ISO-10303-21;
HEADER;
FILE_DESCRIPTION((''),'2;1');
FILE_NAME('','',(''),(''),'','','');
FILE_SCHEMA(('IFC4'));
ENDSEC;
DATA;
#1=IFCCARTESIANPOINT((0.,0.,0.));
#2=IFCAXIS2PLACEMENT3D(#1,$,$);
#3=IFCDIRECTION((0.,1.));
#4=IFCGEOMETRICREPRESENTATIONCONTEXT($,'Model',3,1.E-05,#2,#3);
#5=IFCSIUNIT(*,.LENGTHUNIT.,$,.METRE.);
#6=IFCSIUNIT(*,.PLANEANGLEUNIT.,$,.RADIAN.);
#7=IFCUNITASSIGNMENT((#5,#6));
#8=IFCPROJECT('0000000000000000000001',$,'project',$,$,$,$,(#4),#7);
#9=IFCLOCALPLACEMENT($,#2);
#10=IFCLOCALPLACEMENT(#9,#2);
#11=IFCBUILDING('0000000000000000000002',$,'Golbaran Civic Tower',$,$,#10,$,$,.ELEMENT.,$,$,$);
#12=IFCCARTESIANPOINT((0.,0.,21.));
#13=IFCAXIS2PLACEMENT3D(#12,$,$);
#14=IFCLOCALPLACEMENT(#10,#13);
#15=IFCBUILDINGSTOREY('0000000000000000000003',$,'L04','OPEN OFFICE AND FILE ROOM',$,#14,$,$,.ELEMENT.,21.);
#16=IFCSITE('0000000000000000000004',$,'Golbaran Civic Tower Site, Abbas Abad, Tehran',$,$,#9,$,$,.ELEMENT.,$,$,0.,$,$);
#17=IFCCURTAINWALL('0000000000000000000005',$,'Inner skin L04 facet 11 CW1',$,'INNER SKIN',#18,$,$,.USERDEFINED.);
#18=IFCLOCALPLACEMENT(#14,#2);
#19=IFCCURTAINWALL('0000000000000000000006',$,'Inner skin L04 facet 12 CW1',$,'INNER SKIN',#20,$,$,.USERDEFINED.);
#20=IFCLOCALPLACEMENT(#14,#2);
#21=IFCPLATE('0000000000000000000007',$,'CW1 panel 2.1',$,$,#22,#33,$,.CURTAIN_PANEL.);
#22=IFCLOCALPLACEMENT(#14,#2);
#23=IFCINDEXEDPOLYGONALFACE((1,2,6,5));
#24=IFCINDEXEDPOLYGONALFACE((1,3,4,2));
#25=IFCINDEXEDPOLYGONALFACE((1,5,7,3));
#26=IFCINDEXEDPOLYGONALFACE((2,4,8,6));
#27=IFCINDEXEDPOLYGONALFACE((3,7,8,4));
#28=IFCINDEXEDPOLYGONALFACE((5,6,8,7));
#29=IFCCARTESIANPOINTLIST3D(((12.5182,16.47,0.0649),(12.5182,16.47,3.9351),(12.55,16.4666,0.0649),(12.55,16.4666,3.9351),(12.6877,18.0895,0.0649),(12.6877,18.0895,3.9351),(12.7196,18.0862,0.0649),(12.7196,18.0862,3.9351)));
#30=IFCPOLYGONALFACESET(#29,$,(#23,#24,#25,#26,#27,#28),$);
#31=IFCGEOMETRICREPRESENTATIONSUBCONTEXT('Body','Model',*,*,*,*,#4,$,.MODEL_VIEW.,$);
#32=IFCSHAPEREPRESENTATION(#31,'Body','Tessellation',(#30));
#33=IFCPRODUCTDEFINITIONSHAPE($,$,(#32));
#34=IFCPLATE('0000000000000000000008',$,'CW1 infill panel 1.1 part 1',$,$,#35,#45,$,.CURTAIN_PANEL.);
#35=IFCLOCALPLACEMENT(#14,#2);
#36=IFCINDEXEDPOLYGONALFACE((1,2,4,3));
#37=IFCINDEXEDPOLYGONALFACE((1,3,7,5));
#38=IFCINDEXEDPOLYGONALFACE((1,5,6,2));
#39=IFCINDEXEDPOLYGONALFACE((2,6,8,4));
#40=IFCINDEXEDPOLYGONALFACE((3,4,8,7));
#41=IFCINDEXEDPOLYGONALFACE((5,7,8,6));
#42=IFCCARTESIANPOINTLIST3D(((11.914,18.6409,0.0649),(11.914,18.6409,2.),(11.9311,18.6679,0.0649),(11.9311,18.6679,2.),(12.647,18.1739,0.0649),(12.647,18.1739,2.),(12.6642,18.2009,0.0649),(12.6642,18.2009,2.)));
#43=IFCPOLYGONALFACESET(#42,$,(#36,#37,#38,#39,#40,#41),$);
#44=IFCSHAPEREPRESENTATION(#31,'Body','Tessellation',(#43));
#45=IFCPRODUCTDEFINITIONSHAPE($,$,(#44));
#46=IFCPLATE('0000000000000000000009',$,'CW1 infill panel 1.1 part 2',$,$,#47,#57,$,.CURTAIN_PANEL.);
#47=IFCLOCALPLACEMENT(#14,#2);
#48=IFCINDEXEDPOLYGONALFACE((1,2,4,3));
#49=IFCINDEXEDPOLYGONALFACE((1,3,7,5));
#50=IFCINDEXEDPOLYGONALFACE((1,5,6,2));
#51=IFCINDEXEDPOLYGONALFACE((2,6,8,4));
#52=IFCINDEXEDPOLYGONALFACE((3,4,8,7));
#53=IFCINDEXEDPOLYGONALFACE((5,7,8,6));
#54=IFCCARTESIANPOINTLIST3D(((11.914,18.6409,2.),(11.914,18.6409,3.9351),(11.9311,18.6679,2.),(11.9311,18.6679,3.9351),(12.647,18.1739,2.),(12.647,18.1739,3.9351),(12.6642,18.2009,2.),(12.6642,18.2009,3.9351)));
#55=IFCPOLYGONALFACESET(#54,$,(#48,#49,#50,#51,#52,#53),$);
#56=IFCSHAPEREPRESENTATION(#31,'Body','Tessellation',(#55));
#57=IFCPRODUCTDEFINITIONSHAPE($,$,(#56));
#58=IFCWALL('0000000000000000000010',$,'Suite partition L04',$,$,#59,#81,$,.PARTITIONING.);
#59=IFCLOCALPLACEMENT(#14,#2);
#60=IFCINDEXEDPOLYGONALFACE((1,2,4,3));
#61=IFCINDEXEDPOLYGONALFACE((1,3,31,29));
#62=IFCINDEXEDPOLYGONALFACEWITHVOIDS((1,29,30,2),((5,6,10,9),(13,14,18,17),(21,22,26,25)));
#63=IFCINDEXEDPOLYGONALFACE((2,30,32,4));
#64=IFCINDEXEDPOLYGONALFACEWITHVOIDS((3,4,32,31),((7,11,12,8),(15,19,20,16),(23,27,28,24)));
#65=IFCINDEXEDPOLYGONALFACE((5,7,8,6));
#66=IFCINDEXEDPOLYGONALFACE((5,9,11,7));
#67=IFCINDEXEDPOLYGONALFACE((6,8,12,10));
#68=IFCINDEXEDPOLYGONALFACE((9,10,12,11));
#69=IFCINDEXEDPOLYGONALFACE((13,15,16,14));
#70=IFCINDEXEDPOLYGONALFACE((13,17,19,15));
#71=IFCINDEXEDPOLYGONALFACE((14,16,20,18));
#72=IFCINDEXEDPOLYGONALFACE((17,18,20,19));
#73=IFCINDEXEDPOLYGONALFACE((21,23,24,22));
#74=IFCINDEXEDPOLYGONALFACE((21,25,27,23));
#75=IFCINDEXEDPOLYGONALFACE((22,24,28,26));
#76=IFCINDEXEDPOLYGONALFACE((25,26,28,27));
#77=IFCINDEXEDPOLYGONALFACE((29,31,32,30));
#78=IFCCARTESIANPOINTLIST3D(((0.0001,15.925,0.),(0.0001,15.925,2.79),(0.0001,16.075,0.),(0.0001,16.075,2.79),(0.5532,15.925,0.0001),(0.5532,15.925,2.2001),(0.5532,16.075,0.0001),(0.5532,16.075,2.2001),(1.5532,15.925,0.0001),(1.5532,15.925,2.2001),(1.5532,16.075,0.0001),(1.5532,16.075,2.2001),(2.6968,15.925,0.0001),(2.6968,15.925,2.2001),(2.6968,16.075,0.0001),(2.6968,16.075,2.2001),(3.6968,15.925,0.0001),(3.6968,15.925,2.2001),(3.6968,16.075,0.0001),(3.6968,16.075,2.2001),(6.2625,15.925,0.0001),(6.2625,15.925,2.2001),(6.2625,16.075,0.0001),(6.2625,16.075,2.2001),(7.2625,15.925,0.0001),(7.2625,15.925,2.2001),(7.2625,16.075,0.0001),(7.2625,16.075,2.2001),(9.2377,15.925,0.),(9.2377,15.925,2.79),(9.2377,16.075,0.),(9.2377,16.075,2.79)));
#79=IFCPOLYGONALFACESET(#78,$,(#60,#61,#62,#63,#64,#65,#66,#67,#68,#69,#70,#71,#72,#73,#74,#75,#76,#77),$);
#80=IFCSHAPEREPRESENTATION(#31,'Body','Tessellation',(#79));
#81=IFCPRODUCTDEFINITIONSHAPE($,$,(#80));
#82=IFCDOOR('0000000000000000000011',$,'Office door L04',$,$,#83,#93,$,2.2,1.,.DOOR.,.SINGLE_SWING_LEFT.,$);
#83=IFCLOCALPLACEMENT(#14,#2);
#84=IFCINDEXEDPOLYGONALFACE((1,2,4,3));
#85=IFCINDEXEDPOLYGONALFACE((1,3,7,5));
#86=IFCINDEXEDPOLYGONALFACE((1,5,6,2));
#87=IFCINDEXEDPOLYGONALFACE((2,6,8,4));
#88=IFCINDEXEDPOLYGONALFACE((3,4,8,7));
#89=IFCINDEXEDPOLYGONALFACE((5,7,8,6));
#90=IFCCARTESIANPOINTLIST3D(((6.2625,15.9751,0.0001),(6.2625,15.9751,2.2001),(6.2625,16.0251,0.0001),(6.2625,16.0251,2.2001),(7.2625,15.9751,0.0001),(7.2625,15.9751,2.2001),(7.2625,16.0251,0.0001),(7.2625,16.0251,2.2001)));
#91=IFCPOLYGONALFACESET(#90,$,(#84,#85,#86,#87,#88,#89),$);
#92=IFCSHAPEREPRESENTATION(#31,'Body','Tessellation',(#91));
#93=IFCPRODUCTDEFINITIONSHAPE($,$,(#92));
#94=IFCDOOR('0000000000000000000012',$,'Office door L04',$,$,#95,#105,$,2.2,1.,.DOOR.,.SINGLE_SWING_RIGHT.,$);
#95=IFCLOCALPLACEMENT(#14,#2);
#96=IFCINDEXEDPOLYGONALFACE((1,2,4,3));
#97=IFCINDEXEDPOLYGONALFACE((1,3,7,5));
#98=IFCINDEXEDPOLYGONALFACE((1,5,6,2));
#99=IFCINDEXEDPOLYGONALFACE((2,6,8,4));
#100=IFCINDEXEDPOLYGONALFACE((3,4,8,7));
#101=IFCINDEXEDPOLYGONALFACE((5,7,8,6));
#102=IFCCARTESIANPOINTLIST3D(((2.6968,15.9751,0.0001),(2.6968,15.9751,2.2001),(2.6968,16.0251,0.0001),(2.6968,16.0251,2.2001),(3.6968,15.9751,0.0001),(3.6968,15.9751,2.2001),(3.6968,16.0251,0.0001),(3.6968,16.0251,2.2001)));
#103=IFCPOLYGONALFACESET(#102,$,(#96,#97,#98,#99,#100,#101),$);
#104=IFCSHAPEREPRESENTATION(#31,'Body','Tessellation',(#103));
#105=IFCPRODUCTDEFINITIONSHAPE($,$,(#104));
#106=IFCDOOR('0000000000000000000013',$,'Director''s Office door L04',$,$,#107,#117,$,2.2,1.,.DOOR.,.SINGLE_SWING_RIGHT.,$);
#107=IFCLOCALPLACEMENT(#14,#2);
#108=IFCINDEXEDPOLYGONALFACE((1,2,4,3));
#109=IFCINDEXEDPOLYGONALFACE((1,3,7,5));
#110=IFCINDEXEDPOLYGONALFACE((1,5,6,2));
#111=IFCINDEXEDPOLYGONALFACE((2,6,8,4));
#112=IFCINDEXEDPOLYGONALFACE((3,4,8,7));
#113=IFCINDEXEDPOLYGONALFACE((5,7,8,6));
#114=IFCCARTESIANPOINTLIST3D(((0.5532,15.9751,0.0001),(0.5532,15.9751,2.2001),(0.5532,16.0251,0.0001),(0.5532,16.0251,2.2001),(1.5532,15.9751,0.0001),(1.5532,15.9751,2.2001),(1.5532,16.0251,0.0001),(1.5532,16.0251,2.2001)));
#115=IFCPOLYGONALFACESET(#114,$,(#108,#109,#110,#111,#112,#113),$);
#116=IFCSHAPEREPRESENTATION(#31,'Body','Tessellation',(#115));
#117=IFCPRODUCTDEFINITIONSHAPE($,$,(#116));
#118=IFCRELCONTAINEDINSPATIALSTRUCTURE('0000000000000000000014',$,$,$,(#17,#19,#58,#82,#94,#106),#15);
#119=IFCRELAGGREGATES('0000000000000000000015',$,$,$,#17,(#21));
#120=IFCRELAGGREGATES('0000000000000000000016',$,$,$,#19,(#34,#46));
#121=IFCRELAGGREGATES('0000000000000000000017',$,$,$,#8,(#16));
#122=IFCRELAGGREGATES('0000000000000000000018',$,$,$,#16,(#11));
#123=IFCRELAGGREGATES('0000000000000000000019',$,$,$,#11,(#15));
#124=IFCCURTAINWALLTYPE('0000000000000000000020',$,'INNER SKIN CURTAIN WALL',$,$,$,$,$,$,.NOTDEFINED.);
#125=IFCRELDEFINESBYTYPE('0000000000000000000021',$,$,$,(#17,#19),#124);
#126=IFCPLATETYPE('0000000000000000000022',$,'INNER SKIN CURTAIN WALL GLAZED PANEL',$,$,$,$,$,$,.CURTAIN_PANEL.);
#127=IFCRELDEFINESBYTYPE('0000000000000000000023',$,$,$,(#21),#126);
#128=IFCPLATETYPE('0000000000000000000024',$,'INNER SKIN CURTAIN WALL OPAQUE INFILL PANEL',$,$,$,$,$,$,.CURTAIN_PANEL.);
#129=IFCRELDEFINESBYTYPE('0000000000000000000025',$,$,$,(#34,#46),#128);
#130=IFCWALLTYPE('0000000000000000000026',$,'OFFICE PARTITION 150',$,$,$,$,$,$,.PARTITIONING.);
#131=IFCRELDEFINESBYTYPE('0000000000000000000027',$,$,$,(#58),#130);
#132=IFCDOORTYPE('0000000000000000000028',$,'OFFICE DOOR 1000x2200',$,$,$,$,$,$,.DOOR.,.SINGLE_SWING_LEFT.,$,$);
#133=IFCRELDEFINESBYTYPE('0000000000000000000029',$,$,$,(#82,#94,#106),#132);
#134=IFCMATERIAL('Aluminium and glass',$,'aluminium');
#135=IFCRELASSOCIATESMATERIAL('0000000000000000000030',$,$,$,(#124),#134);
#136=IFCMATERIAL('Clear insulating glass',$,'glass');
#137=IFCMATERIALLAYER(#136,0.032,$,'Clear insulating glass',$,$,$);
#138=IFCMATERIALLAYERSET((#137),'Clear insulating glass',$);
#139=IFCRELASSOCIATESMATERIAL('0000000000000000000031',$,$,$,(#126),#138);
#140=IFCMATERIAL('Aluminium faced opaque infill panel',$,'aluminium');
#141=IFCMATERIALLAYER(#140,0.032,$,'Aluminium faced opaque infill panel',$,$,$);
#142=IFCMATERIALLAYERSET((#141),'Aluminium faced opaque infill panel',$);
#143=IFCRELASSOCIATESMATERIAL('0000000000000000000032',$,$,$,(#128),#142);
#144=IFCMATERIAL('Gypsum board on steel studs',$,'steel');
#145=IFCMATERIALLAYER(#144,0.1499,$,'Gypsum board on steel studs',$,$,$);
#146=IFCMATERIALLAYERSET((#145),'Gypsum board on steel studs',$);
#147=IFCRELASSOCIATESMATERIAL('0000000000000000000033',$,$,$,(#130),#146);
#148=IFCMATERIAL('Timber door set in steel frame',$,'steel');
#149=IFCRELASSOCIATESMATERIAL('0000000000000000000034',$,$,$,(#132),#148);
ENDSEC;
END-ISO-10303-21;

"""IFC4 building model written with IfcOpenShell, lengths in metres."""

from ifc_helpers import new_model, si_unit, direction, frame, frame_2d, origin, origin_2d, place, context, subcontext, project, spatial, rectangle, extrude, material, layer, layer_set, type_object, element, fill, aggregate, save


model = new_model("IFC4")

# Units and contexts
model_context = context("Model", 3, precision=1e-05, world=origin(), true_north=direction((0.0, 1.0)))
body_context = subcontext(model_context, "Body", "Model", "MODEL_VIEW")
ifc_project = project(units=[si_unit("LENGTHUNIT", "METRE"), si_unit("PLANEANGLEUNIT", "RADIAN")], contexts=[model_context])

# Site, building, storey
site_placement = place(None, origin())
site = spatial("IfcSite", under=ifc_project, at=site_placement, Name="Golbaran Civic Tower Site, Abbas Abad, Tehran", CompositionType="ELEMENT", RefElevation=0.0)
building_placement = place(site_placement, origin())
building = spatial("IfcBuilding", under=site, at=building_placement, Name="Golbaran Civic Tower", CompositionType="ELEMENT")
storey_placement = place(building_placement, frame((0.0, 0.0, 21.0)))
storey = spatial("IfcBuildingStorey", under=building, at=storey_placement, Name="L04", Description="OPEN OFFICE AND FILE ROOM", CompositionType="ELEMENT", Elevation=21.0)

# Curtain walls
ifc_material_1 = material(Name="Aluminium and glass", Category="aluminium")
curtain_wall_type = type_object("IfcCurtainWallType", Name="INNER SKIN CURTAIN WALL", PredefinedType="NOTDEFINED", material=ifc_material_1)
curtain_wall_1_placement = place(storey_placement, origin())
curtain_wall_1 = element("IfcCurtainWall", 1, at=curtain_wall_1_placement, inside=storey, type_object=curtain_wall_type, Name="Inner skin L04 facet 11 CW1", ObjectType="INNER SKIN", PredefinedType="USERDEFINED")
curtain_wall_2_placement = place(storey_placement, origin())
curtain_wall_2 = element("IfcCurtainWall", 2, at=curtain_wall_2_placement, inside=storey, type_object=curtain_wall_type, Name="Inner skin L04 facet 12 CW1", ObjectType="INNER SKIN", PredefinedType="USERDEFINED")

# Plates
ifc_material_2 = material(Name="Clear insulating glass", Category="glass")
ifc_layer_1 = layer(ifc_material_2, 0.032, Name="Clear insulating glass")
ifc_layer_set_1 = layer_set([ifc_layer_1], Name="Clear insulating glass")
plate_type_1 = type_object("IfcPlateType", Name="INNER SKIN CURTAIN WALL GLAZED PANEL", PredefinedType="CURTAIN_PANEL", material=ifc_layer_set_1)
plate_1_placement = place(storey_placement, frame((12.6189, 17.2781, 0.0649), z_axis=(0.0, 0.0, 1.0), x_axis=(0.104093, 0.994568, 0.0)))
plate_1 = element("IfcPlate", 3, at=plate_1_placement, type_object=plate_type_1, Name="CW1 panel 2.1", PredefinedType="CURTAIN_PANEL", context=body_context, shape_type="SweptSolid", body=[
    extrude(rectangle(XDim=1.6284, YDim=0.032, at=origin_2d()), origin(), (0.0, 0.0, 1.0), 3.8701),
])
aggregate(curtain_wall_1, [plate_1])
ifc_material_3 = material(Name="Aluminium faced opaque infill panel", Category="aluminium")
ifc_layer_2 = layer(ifc_material_3, 0.032, Name="Aluminium faced opaque infill panel")
ifc_layer_set_2 = layer_set([ifc_layer_2], Name="Aluminium faced opaque infill panel")
plate_type_2 = type_object("IfcPlateType", Name="INNER SKIN CURTAIN WALL OPAQUE INFILL PANEL", PredefinedType="CURTAIN_PANEL", material=ifc_layer_set_2)
plate_2_placement = place(storey_placement, frame((12.2891, 18.4209, 0.0649), z_axis=(0.0, 0.0, 1.0), x_axis=(-0.843391, 0.5373, 0.0)))
plate_2 = element("IfcPlate", 4, at=plate_2_placement, type_object=plate_type_2, Name="CW1 infill panel 1.1 part 1", PredefinedType="CURTAIN_PANEL", context=body_context, shape_type="SweptSolid", body=[
    extrude(rectangle(XDim=0.8691, YDim=0.032, at=origin_2d()), origin(), (0.0, 0.0, 1.0), 1.9351),
])
plate_3_placement = place(storey_placement, frame((12.2891, 18.4209, 2.0), z_axis=(0.0, 0.0, 1.0), x_axis=(-0.843391, 0.5373, 0.0)))
plate_3 = element("IfcPlate", 5, at=plate_3_placement, type_object=plate_type_2, Name="CW1 infill panel 1.1 part 2", PredefinedType="CURTAIN_PANEL", context=body_context, shape_type="SweptSolid", body=[
    extrude(rectangle(XDim=0.8691, YDim=0.032, at=origin_2d()), origin(), (0.0, 0.0, 1.0), 1.9351),
])
aggregate(curtain_wall_2, [plate_2, plate_3])

# Wall, openings, doors
ifc_material_4 = material(Name="Gypsum board on steel studs", Category="steel")
ifc_layer_3 = layer(ifc_material_4, 0.1499, Name="Gypsum board on steel studs")
ifc_layer_set_3 = layer_set([ifc_layer_3], Name="Gypsum board on steel studs")
wall_type = type_object("IfcWallType", Name="OFFICE PARTITION 150", PredefinedType="PARTITIONING", material=ifc_layer_set_3)
wall_placement = place(storey_placement, frame((9.2375, 16.0, 0.0), z_axis=(0.0, 0.0, 1.0), x_axis=(-1.0, 0.0, 0.0)))
wall = element("IfcWall", 6, at=wall_placement, inside=storey, type_object=wall_type, Name="Suite partition L04", PredefinedType="PARTITIONING", context=body_context, shape_type="SweptSolid", body=[
    extrude(rectangle(XDim=9.2375, YDim=0.1499, at=frame_2d((4.6187, 0.0))), origin(), (0.0, 0.0, 1.0), 2.79),
])
opening_1_placement = place(wall_placement, frame((1.9751, 0.0, 0.0)))
opening_1 = element("IfcOpeningElement", 7, at=opening_1_placement, cuts=wall, PredefinedType="OPENING", context=body_context, shape_type="SweptSolid", body=[
    extrude(rectangle(XDim=1.0, YDim=2.2, at=frame_2d((0.5, 1.1001))), frame((0.0, 0.085, 0.0), z_axis=(0.0, -1.0, 0.0), x_axis=(1.0, 0.0, 0.0)), (0.0, 0.0, 1.0), 0.1699),
])
opening_2_placement = place(wall_placement, frame((5.5408, 0.0, 0.0)))
opening_2 = element("IfcOpeningElement", 8, at=opening_2_placement, cuts=wall, PredefinedType="OPENING", context=body_context, shape_type="SweptSolid", body=[
    extrude(rectangle(XDim=1.0, YDim=2.2, at=frame_2d((0.5, 1.1001))), frame((0.0, 0.085, 0.0), z_axis=(0.0, -1.0, 0.0), x_axis=(1.0, 0.0, 0.0)), (0.0, 0.0, 1.0), 0.1699),
])
opening_3_placement = place(wall_placement, frame((7.6843, 0.0, 0.0)))
opening_3 = element("IfcOpeningElement", 9, at=opening_3_placement, cuts=wall, PredefinedType="OPENING", context=body_context, shape_type="SweptSolid", body=[
    extrude(rectangle(XDim=1.0, YDim=2.2, at=frame_2d((0.5, 1.1001))), frame((0.0, 0.085, 0.0), z_axis=(0.0, -1.0, 0.0), x_axis=(1.0, 0.0, 0.0)), (0.0, 0.0, 1.0), 0.1699),
])
ifc_material_5 = material(Name="Timber door set in steel frame", Category="steel")
door_type = type_object("IfcDoorType", Name="OFFICE DOOR 1000x2200", OperationType="SINGLE_SWING_LEFT", PredefinedType="DOOR", material=ifc_material_5)
door_1_placement = place(opening_1_placement, origin())
door_1 = element("IfcDoor", 10, at=door_1_placement, inside=storey, type_object=door_type, Name="Office door L04", OperationType="SINGLE_SWING_LEFT", OverallHeight=2.2, OverallWidth=1.0, PredefinedType="DOOR", context=body_context, shape_type="SweptSolid", body=[
    extrude(rectangle(XDim=1.0, YDim=2.2, at=frame_2d((0.5, 1.1001))), frame((0.0, 0.0249, 0.0), z_axis=(0.0, -1.0, 0.0), x_axis=(1.0, 0.0, 0.0)), (0.0, 0.0, 1.0), 0.05),
])
fill(opening_1, door_1)
door_2_placement = place(opening_2_placement, origin())
door_2 = element("IfcDoor", 11, at=door_2_placement, inside=storey, type_object=door_type, Name="Office door L04", OperationType="SINGLE_SWING_RIGHT", OverallHeight=2.2, OverallWidth=1.0, PredefinedType="DOOR", context=body_context, shape_type="SweptSolid", body=[
    extrude(rectangle(XDim=1.0, YDim=2.2, at=frame_2d((0.5, 1.1001))), frame((0.0, 0.0249, 0.0), z_axis=(0.0, -1.0, 0.0), x_axis=(1.0, 0.0, 0.0)), (0.0, 0.0, 1.0), 0.05),
])
fill(opening_2, door_2)
door_3_placement = place(opening_3_placement, origin())
door_3 = element("IfcDoor", 12, at=door_3_placement, inside=storey, type_object=door_type, Name="Director's Office door L04", OperationType="SINGLE_SWING_RIGHT", OverallHeight=2.2, OverallWidth=1.0, PredefinedType="DOOR", context=body_context, shape_type="SweptSolid", body=[
    extrude(rectangle(XDim=1.0, YDim=2.2, at=frame_2d((0.5, 1.1001))), frame((0.0, 0.0249, 0.0), z_axis=(0.0, -1.0, 0.0), x_axis=(1.0, 0.0, 0.0)), (0.0, 0.0, 1.0), 0.05),
])
fill(opening_3, door_3)

save(model, "model.ifc")
